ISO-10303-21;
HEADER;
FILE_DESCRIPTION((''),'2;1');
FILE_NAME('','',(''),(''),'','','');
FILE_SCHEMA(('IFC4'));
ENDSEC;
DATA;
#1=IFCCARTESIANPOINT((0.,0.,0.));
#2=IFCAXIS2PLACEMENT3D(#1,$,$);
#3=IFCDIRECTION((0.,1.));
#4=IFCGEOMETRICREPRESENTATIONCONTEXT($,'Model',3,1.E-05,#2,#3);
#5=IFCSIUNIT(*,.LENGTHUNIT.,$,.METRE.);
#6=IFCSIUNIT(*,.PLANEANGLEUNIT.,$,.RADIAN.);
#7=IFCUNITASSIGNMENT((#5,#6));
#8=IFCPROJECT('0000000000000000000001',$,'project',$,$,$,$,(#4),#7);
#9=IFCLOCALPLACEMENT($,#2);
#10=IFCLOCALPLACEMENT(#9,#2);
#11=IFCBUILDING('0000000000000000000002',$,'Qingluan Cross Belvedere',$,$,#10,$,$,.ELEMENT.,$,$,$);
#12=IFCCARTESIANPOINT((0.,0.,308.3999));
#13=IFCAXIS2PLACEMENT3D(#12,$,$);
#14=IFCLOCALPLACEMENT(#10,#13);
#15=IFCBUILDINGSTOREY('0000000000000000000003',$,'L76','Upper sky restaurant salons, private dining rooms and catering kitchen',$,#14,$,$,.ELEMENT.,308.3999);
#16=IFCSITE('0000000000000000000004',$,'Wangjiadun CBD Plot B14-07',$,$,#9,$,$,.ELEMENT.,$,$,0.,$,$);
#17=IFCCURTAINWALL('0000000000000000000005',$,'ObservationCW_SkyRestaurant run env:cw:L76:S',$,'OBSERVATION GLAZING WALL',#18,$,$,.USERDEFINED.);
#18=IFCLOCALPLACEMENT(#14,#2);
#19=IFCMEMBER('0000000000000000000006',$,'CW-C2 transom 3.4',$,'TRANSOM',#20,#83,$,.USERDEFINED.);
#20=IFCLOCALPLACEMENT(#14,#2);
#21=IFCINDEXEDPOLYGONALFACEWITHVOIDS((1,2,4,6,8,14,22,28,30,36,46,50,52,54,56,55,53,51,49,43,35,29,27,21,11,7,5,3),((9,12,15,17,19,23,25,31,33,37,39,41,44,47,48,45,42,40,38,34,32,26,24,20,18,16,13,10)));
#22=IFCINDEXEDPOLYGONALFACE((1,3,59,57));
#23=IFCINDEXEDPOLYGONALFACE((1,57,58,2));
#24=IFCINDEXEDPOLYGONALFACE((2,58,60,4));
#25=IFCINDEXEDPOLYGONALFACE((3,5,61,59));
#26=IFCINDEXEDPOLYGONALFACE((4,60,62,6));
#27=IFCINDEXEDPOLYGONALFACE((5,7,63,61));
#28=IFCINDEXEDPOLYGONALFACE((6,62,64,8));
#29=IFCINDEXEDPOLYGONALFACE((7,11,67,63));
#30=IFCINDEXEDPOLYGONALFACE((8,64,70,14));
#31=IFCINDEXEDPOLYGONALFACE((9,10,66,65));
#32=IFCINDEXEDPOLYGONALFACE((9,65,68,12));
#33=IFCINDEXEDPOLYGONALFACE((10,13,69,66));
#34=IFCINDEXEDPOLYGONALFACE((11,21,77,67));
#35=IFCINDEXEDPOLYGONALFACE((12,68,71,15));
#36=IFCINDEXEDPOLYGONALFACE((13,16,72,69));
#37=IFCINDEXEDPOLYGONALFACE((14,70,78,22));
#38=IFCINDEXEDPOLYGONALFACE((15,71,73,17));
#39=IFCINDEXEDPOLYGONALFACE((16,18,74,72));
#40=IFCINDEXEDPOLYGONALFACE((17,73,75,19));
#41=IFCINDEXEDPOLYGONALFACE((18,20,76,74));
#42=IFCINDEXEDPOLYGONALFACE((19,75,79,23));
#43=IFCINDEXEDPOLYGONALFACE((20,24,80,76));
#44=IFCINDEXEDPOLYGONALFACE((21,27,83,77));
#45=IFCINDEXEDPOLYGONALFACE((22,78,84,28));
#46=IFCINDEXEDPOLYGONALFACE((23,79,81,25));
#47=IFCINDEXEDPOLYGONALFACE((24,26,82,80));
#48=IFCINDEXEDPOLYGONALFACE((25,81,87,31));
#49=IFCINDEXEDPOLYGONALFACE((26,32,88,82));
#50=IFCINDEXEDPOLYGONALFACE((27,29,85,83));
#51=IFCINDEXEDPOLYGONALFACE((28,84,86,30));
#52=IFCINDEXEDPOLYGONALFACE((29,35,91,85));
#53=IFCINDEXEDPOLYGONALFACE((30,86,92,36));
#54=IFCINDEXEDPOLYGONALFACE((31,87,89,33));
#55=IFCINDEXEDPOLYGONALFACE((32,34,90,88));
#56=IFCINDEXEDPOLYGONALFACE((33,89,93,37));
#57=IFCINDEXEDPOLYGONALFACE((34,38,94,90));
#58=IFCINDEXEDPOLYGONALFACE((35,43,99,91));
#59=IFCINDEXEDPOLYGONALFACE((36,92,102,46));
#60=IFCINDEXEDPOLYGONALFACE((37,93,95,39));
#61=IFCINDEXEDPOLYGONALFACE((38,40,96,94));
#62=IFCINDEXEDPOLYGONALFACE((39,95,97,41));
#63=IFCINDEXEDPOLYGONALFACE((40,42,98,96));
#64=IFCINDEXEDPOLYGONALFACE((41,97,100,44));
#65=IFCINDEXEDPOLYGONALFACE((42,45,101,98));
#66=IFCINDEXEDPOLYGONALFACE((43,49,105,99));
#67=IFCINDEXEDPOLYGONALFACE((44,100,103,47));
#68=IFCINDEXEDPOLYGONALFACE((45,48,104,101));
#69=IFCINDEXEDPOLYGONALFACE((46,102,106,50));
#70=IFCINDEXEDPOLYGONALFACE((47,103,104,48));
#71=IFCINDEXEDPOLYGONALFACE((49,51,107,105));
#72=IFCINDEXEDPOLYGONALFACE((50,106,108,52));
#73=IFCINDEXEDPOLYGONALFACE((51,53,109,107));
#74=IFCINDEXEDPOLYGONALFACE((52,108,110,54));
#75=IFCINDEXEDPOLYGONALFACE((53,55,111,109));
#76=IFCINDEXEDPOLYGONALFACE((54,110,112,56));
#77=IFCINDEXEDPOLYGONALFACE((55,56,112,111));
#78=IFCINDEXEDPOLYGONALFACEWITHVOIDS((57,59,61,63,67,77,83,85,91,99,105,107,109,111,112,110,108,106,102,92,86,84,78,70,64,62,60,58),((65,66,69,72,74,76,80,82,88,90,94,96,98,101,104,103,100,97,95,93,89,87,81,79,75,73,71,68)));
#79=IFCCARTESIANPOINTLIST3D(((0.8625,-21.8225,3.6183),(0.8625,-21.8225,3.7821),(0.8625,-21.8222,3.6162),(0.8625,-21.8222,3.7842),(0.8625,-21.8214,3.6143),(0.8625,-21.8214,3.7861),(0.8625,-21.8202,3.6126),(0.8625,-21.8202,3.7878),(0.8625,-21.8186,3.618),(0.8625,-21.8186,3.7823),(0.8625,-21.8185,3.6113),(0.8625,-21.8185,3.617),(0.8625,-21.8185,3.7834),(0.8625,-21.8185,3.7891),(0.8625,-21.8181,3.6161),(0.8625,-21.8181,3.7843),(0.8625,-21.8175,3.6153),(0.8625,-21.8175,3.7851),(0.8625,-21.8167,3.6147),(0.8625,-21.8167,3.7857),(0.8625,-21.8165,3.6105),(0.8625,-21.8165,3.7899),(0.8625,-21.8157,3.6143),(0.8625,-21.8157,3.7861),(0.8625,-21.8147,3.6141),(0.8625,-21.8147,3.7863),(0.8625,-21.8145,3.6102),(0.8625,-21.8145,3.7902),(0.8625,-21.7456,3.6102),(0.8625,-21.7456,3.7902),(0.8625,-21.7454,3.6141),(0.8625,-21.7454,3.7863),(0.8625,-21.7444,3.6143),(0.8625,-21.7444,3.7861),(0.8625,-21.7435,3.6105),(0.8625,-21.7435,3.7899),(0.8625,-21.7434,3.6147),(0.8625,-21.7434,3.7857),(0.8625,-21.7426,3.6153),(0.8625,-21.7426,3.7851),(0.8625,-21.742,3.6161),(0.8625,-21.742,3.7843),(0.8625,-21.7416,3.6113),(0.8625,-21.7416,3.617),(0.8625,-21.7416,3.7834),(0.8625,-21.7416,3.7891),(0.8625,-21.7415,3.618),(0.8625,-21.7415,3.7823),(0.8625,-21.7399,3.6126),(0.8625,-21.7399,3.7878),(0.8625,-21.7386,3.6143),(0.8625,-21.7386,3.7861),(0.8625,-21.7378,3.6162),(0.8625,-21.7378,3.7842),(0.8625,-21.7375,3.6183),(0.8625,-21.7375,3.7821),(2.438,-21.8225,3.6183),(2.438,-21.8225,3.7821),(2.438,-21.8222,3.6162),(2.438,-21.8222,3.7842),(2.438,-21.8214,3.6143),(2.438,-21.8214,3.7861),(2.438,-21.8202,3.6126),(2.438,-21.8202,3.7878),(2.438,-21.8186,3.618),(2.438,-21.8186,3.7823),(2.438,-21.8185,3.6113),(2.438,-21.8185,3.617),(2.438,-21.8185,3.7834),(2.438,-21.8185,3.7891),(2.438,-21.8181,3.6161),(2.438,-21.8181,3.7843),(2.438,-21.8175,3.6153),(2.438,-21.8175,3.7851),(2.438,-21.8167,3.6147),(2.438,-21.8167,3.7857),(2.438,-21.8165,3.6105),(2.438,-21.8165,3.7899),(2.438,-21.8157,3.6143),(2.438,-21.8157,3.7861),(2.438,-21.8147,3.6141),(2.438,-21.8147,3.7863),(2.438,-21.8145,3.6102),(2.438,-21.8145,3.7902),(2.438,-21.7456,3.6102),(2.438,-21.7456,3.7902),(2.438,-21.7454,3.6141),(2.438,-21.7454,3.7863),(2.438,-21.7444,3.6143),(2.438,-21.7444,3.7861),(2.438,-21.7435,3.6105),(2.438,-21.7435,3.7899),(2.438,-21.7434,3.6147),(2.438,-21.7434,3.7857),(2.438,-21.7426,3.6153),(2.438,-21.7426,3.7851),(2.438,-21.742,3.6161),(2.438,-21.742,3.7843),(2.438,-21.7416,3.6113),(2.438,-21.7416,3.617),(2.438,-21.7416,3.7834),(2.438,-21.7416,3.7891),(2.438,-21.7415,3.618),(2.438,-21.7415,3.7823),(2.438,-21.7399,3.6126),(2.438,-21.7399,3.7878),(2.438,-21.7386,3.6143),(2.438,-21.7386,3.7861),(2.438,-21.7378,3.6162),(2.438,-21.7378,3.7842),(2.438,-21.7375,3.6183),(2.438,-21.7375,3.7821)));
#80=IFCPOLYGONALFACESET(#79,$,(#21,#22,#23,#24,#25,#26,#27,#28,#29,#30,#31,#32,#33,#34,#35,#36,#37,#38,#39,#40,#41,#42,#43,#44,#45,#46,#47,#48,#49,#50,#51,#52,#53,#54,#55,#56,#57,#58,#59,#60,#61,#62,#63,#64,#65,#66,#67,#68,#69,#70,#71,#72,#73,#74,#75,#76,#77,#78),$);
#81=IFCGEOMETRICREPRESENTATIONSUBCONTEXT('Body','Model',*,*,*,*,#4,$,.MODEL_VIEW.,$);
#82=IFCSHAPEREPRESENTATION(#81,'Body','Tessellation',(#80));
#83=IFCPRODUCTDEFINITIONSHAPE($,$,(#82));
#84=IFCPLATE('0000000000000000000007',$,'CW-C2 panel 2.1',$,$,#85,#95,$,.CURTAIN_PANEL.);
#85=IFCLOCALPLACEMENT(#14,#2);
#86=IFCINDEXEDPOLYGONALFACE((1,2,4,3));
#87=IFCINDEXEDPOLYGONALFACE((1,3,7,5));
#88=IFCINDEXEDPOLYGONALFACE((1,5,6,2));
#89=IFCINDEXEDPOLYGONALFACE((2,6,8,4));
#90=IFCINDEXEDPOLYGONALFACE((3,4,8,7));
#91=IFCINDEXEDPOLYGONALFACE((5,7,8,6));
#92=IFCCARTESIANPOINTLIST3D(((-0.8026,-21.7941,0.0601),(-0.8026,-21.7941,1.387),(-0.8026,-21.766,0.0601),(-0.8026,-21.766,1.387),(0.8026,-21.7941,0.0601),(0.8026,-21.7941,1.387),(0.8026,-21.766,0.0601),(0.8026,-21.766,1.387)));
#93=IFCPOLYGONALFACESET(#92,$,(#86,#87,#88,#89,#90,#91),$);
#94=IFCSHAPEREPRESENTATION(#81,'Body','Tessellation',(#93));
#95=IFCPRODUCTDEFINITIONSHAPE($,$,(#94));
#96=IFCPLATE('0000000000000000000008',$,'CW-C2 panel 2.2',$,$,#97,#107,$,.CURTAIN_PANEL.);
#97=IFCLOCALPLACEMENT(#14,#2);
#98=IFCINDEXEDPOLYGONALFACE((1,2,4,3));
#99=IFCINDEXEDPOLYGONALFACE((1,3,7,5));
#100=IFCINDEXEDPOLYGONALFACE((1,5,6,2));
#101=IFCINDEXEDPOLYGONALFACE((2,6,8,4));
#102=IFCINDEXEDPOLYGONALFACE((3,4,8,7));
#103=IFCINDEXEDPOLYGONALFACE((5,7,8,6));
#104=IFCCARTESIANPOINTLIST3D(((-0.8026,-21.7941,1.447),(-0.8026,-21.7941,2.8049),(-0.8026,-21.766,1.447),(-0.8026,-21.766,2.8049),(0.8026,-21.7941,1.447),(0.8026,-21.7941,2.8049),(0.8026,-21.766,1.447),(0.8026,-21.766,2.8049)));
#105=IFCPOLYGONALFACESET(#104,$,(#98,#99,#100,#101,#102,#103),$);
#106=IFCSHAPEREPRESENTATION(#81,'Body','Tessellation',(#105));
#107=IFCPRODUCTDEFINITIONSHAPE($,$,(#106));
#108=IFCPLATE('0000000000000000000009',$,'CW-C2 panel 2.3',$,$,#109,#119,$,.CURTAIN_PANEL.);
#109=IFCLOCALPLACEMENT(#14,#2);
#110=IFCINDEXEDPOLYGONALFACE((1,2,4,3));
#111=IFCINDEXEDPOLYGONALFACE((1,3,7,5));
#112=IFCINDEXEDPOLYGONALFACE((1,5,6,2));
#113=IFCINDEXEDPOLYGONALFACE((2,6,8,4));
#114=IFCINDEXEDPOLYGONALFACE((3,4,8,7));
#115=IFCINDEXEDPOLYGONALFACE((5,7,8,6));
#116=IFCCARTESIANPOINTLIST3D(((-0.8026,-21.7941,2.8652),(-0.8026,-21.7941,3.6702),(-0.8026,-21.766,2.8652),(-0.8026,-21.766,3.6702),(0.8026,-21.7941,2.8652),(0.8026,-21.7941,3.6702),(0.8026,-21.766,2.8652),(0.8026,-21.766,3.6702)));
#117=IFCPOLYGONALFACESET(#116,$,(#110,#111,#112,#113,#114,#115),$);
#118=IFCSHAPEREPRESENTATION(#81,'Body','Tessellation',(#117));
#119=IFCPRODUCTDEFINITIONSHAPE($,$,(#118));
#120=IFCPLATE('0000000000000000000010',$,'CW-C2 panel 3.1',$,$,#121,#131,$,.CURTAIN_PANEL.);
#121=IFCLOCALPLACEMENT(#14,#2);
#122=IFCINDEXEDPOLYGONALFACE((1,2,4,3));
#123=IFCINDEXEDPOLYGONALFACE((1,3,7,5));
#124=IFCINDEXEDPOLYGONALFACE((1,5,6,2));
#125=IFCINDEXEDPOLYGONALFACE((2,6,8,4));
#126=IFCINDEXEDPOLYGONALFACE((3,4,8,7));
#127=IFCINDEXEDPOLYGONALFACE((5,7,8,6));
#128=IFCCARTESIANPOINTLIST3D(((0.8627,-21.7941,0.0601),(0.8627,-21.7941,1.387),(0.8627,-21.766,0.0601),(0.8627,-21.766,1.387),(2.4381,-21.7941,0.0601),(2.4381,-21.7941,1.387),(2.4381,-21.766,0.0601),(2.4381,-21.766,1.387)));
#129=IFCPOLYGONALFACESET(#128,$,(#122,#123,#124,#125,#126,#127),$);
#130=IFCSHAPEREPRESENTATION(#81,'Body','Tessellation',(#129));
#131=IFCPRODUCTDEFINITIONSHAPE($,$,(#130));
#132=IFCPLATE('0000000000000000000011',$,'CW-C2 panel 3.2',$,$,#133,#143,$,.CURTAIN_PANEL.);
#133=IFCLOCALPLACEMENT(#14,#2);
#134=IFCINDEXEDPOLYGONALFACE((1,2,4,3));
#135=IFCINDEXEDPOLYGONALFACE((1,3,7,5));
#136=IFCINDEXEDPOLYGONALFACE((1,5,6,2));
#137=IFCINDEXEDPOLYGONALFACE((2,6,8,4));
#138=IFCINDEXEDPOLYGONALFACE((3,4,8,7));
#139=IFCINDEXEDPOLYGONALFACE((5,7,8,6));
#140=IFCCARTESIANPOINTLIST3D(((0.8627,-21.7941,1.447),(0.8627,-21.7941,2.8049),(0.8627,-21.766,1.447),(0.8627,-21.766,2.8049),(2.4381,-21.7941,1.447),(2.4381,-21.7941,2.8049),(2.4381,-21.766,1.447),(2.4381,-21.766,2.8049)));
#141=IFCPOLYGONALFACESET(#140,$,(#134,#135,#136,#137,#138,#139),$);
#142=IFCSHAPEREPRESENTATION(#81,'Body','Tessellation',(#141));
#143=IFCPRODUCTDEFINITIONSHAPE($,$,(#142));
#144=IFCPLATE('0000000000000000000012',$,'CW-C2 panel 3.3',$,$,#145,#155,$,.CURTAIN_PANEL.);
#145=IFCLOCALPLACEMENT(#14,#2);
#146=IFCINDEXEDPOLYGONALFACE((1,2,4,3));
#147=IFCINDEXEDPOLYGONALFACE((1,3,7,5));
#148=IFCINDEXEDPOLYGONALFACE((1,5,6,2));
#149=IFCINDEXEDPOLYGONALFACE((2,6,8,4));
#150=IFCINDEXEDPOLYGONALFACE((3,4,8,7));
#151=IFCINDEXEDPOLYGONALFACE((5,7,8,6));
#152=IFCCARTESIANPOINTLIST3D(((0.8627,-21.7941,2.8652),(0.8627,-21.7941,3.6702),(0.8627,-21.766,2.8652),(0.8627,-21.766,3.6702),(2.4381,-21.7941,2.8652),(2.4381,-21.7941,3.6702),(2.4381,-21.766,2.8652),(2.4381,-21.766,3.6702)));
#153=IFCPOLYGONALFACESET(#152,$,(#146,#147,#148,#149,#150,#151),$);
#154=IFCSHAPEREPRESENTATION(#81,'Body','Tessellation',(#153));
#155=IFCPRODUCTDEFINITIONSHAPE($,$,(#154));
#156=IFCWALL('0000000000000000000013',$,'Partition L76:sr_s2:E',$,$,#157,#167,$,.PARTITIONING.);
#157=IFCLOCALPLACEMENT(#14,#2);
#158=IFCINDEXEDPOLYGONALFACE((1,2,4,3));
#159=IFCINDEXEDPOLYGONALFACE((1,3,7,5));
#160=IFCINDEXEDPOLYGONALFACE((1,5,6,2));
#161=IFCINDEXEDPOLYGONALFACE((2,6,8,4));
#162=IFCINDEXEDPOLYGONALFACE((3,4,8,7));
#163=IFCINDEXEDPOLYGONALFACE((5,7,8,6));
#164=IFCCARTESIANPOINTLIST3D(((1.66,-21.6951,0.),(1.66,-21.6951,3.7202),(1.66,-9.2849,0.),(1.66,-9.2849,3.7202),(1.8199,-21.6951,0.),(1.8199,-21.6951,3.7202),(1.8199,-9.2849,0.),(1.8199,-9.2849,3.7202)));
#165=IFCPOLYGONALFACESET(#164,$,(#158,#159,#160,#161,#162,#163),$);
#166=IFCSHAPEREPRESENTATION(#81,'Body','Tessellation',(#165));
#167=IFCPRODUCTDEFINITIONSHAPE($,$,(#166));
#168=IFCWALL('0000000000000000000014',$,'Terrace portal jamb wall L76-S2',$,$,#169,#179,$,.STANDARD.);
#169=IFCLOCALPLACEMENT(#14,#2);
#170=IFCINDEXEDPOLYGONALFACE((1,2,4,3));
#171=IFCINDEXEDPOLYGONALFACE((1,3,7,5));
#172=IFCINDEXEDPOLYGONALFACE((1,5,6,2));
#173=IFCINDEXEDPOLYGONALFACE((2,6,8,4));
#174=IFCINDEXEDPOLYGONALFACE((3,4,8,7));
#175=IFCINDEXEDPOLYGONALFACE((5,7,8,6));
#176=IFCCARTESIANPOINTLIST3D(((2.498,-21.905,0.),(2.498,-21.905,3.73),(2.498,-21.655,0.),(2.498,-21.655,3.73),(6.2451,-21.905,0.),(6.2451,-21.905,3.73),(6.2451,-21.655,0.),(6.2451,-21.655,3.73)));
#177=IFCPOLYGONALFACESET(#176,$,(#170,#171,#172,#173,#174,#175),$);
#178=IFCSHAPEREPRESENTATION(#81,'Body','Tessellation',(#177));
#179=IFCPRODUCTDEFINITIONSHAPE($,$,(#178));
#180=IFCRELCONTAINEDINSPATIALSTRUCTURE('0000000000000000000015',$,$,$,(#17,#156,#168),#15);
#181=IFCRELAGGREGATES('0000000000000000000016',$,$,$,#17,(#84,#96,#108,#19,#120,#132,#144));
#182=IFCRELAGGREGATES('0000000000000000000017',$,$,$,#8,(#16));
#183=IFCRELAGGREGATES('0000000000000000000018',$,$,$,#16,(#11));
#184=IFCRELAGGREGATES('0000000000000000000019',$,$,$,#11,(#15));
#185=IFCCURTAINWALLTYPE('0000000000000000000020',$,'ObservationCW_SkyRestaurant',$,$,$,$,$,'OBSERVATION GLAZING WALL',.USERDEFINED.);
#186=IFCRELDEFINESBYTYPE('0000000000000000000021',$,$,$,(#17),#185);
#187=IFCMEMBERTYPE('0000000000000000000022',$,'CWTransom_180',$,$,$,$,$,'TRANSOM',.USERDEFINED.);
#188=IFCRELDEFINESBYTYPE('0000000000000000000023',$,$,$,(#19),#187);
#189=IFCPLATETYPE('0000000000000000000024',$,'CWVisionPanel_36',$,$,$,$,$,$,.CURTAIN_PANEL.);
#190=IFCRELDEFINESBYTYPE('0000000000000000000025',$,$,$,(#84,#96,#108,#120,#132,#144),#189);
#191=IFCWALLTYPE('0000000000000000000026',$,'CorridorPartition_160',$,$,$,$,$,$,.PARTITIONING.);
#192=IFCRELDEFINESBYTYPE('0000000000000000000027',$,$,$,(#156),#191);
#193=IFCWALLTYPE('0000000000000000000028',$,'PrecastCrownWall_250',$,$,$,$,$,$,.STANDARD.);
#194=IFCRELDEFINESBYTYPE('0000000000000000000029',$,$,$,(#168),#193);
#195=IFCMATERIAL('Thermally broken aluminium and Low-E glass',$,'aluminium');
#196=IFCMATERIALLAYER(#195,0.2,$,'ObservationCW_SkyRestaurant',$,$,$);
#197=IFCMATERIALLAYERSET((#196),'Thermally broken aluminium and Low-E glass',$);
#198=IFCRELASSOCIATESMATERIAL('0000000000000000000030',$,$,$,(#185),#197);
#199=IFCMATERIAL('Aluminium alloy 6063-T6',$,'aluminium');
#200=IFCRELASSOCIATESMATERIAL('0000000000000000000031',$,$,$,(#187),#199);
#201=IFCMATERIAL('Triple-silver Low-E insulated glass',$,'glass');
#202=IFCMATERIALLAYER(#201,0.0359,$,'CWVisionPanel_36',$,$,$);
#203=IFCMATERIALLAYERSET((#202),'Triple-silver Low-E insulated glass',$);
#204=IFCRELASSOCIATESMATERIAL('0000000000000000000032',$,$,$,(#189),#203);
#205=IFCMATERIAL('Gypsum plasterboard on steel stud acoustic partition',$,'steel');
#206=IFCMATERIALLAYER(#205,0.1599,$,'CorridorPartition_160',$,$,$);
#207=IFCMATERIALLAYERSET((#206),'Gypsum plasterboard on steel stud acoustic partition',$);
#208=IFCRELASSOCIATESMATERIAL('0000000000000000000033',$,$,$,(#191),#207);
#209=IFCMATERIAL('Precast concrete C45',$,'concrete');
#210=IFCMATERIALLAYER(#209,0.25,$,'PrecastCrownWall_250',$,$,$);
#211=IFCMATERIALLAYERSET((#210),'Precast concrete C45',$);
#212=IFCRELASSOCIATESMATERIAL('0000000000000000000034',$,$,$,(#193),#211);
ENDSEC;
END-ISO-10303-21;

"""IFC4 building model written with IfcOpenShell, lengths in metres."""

from ifc_helpers import new_model, si_unit, direction, frame, frame_2d, origin, origin_2d, place, context, subcontext, project, spatial, rectangle, hollow_rectangle, extrude, material, layer, layer_set, material_profile, profile_set, type_object, element, aggregate, save


model = new_model("IFC4")

# Units and contexts
model_context = context("Model", 3, precision=1e-05, world=origin(), true_north=direction((0.0, 1.0)))
body_context = subcontext(model_context, "Body", "Model", "MODEL_VIEW")
ifc_project = project(units=[si_unit("LENGTHUNIT", "METRE"), si_unit("PLANEANGLEUNIT", "RADIAN")], contexts=[model_context])

# Site, building, storey
site_placement = place(None, origin())
site = spatial("IfcSite", under=ifc_project, at=site_placement, Name="Wangjiadun CBD Plot B14-07", CompositionType="ELEMENT", RefElevation=0.0)
building_placement = place(site_placement, origin())
building = spatial("IfcBuilding", under=site, at=building_placement, Name="Qingluan Cross Belvedere", CompositionType="ELEMENT")
storey_placement = place(building_placement, frame((0.0, 0.0, 308.3999)))
storey = spatial("IfcBuildingStorey", under=building, at=storey_placement, Name="L76", Description="Upper sky restaurant salons, private dining rooms and catering kitchen", CompositionType="ELEMENT", Elevation=308.3999)

# Curtain wall, member, plates
ifc_material_1 = material(Name="Thermally broken aluminium and Low-E glass", Category="aluminium")
ifc_layer_1 = layer(ifc_material_1, 0.2, Name="ObservationCW_SkyRestaurant")
ifc_layer_set_1 = layer_set([ifc_layer_1], Name="Thermally broken aluminium and Low-E glass")
curtain_wall_type = type_object("IfcCurtainWallType", Name="ObservationCW_SkyRestaurant", ElementType="OBSERVATION GLAZING WALL", PredefinedType="USERDEFINED", material=ifc_layer_set_1)
curtain_wall_placement = place(storey_placement, origin())
curtain_wall = element("IfcCurtainWall", 1, at=curtain_wall_placement, inside=storey, type_object=curtain_wall_type, Name="ObservationCW_SkyRestaurant run env:cw:L76:S", ObjectType="OBSERVATION GLAZING WALL", PredefinedType="USERDEFINED")
ifc_material_2 = material(Name="Aluminium alloy 6063-T6", Category="aluminium")
ifc_material_profile_1 = material_profile(ifc_material_2, hollow_rectangle(XDim=0.085, YDim=0.1799, WallThickness=0.0039, InnerFilletRadius=0.0039, OuterFilletRadius=0.0081, at=origin_2d()), Name="CWT180x85x4")
ifc_profile_set_1 = profile_set([ifc_material_profile_1], Name="Aluminium alloy 6063-T6")
member_type_1 = type_object("IfcMemberType", Name="CWTransom_180", ElementType="TRANSOM", PredefinedType="USERDEFINED", material=ifc_profile_set_1)
member_1_placement = place(storey_placement, frame((0.8625, -21.78, 3.7002), z_axis=(1.0, 0.0, 0.0), x_axis=(0.0, 1.0, 0.0)))
member_1 = element("IfcMember", 2, at=member_1_placement, type_object=member_type_1, Name="CW-C2 transom 3.4", ObjectType="TRANSOM", PredefinedType="USERDEFINED", context=body_context, shape_type="SweptSolid", body=[
    extrude(hollow_rectangle(XDim=0.085, YDim=0.1799, WallThickness=0.0039, InnerFilletRadius=0.0039, OuterFilletRadius=0.0081, at=origin_2d()), origin(), (0.0, 0.0, 1.0), 1.5754),
])
ifc_material_3 = material(Name="Triple-silver Low-E insulated glass", Category="glass")
ifc_layer_2 = layer(ifc_material_3, 0.0359, Name="CWVisionPanel_36")
ifc_layer_set_2 = layer_set([ifc_layer_2], Name="Triple-silver Low-E insulated glass")
plate_type = type_object("IfcPlateType", Name="CWVisionPanel_36", PredefinedType="CURTAIN_PANEL", material=ifc_layer_set_2)
plate_1_placement = place(storey_placement, frame((0.0, -21.78, 0.0601), z_axis=(0.0, 0.0, 1.0), x_axis=(1.0, 0.0, 0.0)))
plate_1 = element("IfcPlate", 3, at=plate_1_placement, type_object=plate_type, Name="CW-C2 panel 2.1", PredefinedType="CURTAIN_PANEL", context=body_context, shape_type="SweptSolid", body=[
    extrude(rectangle(XDim=1.6052, YDim=0.0281, at=origin_2d()), origin(), (0.0, 0.0, 1.0), 1.3269),
])
plate_2_placement = place(storey_placement, frame((0.0, -21.78, 1.447), z_axis=(0.0, 0.0, 1.0), x_axis=(1.0, 0.0, 0.0)))
plate_2 = element("IfcPlate", 4, at=plate_2_placement, type_object=plate_type, Name="CW-C2 panel 2.2", PredefinedType="CURTAIN_PANEL", context=body_context, shape_type="SweptSolid", body=[
    extrude(rectangle(XDim=1.6052, YDim=0.0281, at=origin_2d()), origin(), (0.0, 0.0, 1.0), 1.3579),
])
plate_3_placement = place(storey_placement, frame((0.0, -21.78, 2.8652), z_axis=(0.0, 0.0, 1.0), x_axis=(1.0, 0.0, 0.0)))
plate_3 = element("IfcPlate", 5, at=plate_3_placement, type_object=plate_type, Name="CW-C2 panel 2.3", PredefinedType="CURTAIN_PANEL", context=body_context, shape_type="SweptSolid", body=[
    extrude(rectangle(XDim=1.6052, YDim=0.0281, at=origin_2d()), origin(), (0.0, 0.0, 1.0), 0.8049),
])
plate_4_placement = place(storey_placement, frame((1.6504, -21.78, 0.0601), z_axis=(0.0, 0.0, 1.0), x_axis=(1.0, 0.0, 0.0)))
plate_4 = element("IfcPlate", 6, at=plate_4_placement, type_object=plate_type, Name="CW-C2 panel 3.1", PredefinedType="CURTAIN_PANEL", context=body_context, shape_type="SweptSolid", body=[
    extrude(rectangle(XDim=1.5754, YDim=0.0281, at=origin_2d()), origin(), (0.0, 0.0, 1.0), 1.3269),
])
plate_5_placement = place(storey_placement, frame((1.6504, -21.78, 1.447), z_axis=(0.0, 0.0, 1.0), x_axis=(1.0, 0.0, 0.0)))
plate_5 = element("IfcPlate", 7, at=plate_5_placement, type_object=plate_type, Name="CW-C2 panel 3.2", PredefinedType="CURTAIN_PANEL", context=body_context, shape_type="SweptSolid", body=[
    extrude(rectangle(XDim=1.5754, YDim=0.0281, at=origin_2d()), origin(), (0.0, 0.0, 1.0), 1.3579),
])
plate_6_placement = place(storey_placement, frame((1.6504, -21.78, 2.8652), z_axis=(0.0, 0.0, 1.0), x_axis=(1.0, 0.0, 0.0)))
plate_6 = element("IfcPlate", 8, at=plate_6_placement, type_object=plate_type, Name="CW-C2 panel 3.3", PredefinedType="CURTAIN_PANEL", context=body_context, shape_type="SweptSolid", body=[
    extrude(rectangle(XDim=1.5754, YDim=0.0281, at=origin_2d()), origin(), (0.0, 0.0, 1.0), 0.8049),
])
aggregate(curtain_wall, [plate_1, plate_2, plate_3, member_1, plate_4, plate_5, plate_6])

# Wall
ifc_material_4 = material(Name="Gypsum plasterboard on steel stud acoustic partition", Category="steel")
ifc_layer_3 = layer(ifc_material_4, 0.1599, Name="CorridorPartition_160")
ifc_layer_set_3 = layer_set([ifc_layer_3], Name="Gypsum plasterboard on steel stud acoustic partition")
wall_type_1 = type_object("IfcWallType", Name="CorridorPartition_160", PredefinedType="PARTITIONING", material=ifc_layer_set_3)
wall_1_placement = place(storey_placement, frame((1.74, -21.6951, 0.0), z_axis=(0.0, 0.0, 1.0), x_axis=(0.0, 1.0, 0.0)))
element("IfcWall", 9, at=wall_1_placement, inside=storey, type_object=wall_type_1, Name="Partition L76:sr_s2:E", PredefinedType="PARTITIONING", context=body_context, shape_type="SweptSolid", body=[
    extrude(rectangle(XDim=12.4102, YDim=0.1599, at=frame_2d((6.2051, 0.0))), origin(), (0.0, 0.0, 1.0), 3.7202),
])

# Wall
ifc_material_5 = material(Name="Precast concrete C45", Category="concrete")
ifc_layer_4 = layer(ifc_material_5, 0.25, Name="PrecastCrownWall_250")
ifc_layer_set_4 = layer_set([ifc_layer_4], Name="Precast concrete C45")
wall_type_2 = type_object("IfcWallType", Name="PrecastCrownWall_250", PredefinedType="STANDARD", material=ifc_layer_set_4)
wall_2_placement = place(storey_placement, frame((2.498, -21.78, 0.0), z_axis=(0.0, 0.0, 1.0), x_axis=(1.0, 0.0, 0.0)))
element("IfcWall", 10, at=wall_2_placement, inside=storey, type_object=wall_type_2, Name="Terrace portal jamb wall L76-S2", PredefinedType="STANDARD", context=body_context, shape_type="SweptSolid", body=[
    extrude(rectangle(XDim=3.7471, YDim=0.25, at=frame_2d((1.8735, 0.0))), origin(), (0.0, 0.0, 1.0), 3.73),
])

save(model, "model.ifc")
